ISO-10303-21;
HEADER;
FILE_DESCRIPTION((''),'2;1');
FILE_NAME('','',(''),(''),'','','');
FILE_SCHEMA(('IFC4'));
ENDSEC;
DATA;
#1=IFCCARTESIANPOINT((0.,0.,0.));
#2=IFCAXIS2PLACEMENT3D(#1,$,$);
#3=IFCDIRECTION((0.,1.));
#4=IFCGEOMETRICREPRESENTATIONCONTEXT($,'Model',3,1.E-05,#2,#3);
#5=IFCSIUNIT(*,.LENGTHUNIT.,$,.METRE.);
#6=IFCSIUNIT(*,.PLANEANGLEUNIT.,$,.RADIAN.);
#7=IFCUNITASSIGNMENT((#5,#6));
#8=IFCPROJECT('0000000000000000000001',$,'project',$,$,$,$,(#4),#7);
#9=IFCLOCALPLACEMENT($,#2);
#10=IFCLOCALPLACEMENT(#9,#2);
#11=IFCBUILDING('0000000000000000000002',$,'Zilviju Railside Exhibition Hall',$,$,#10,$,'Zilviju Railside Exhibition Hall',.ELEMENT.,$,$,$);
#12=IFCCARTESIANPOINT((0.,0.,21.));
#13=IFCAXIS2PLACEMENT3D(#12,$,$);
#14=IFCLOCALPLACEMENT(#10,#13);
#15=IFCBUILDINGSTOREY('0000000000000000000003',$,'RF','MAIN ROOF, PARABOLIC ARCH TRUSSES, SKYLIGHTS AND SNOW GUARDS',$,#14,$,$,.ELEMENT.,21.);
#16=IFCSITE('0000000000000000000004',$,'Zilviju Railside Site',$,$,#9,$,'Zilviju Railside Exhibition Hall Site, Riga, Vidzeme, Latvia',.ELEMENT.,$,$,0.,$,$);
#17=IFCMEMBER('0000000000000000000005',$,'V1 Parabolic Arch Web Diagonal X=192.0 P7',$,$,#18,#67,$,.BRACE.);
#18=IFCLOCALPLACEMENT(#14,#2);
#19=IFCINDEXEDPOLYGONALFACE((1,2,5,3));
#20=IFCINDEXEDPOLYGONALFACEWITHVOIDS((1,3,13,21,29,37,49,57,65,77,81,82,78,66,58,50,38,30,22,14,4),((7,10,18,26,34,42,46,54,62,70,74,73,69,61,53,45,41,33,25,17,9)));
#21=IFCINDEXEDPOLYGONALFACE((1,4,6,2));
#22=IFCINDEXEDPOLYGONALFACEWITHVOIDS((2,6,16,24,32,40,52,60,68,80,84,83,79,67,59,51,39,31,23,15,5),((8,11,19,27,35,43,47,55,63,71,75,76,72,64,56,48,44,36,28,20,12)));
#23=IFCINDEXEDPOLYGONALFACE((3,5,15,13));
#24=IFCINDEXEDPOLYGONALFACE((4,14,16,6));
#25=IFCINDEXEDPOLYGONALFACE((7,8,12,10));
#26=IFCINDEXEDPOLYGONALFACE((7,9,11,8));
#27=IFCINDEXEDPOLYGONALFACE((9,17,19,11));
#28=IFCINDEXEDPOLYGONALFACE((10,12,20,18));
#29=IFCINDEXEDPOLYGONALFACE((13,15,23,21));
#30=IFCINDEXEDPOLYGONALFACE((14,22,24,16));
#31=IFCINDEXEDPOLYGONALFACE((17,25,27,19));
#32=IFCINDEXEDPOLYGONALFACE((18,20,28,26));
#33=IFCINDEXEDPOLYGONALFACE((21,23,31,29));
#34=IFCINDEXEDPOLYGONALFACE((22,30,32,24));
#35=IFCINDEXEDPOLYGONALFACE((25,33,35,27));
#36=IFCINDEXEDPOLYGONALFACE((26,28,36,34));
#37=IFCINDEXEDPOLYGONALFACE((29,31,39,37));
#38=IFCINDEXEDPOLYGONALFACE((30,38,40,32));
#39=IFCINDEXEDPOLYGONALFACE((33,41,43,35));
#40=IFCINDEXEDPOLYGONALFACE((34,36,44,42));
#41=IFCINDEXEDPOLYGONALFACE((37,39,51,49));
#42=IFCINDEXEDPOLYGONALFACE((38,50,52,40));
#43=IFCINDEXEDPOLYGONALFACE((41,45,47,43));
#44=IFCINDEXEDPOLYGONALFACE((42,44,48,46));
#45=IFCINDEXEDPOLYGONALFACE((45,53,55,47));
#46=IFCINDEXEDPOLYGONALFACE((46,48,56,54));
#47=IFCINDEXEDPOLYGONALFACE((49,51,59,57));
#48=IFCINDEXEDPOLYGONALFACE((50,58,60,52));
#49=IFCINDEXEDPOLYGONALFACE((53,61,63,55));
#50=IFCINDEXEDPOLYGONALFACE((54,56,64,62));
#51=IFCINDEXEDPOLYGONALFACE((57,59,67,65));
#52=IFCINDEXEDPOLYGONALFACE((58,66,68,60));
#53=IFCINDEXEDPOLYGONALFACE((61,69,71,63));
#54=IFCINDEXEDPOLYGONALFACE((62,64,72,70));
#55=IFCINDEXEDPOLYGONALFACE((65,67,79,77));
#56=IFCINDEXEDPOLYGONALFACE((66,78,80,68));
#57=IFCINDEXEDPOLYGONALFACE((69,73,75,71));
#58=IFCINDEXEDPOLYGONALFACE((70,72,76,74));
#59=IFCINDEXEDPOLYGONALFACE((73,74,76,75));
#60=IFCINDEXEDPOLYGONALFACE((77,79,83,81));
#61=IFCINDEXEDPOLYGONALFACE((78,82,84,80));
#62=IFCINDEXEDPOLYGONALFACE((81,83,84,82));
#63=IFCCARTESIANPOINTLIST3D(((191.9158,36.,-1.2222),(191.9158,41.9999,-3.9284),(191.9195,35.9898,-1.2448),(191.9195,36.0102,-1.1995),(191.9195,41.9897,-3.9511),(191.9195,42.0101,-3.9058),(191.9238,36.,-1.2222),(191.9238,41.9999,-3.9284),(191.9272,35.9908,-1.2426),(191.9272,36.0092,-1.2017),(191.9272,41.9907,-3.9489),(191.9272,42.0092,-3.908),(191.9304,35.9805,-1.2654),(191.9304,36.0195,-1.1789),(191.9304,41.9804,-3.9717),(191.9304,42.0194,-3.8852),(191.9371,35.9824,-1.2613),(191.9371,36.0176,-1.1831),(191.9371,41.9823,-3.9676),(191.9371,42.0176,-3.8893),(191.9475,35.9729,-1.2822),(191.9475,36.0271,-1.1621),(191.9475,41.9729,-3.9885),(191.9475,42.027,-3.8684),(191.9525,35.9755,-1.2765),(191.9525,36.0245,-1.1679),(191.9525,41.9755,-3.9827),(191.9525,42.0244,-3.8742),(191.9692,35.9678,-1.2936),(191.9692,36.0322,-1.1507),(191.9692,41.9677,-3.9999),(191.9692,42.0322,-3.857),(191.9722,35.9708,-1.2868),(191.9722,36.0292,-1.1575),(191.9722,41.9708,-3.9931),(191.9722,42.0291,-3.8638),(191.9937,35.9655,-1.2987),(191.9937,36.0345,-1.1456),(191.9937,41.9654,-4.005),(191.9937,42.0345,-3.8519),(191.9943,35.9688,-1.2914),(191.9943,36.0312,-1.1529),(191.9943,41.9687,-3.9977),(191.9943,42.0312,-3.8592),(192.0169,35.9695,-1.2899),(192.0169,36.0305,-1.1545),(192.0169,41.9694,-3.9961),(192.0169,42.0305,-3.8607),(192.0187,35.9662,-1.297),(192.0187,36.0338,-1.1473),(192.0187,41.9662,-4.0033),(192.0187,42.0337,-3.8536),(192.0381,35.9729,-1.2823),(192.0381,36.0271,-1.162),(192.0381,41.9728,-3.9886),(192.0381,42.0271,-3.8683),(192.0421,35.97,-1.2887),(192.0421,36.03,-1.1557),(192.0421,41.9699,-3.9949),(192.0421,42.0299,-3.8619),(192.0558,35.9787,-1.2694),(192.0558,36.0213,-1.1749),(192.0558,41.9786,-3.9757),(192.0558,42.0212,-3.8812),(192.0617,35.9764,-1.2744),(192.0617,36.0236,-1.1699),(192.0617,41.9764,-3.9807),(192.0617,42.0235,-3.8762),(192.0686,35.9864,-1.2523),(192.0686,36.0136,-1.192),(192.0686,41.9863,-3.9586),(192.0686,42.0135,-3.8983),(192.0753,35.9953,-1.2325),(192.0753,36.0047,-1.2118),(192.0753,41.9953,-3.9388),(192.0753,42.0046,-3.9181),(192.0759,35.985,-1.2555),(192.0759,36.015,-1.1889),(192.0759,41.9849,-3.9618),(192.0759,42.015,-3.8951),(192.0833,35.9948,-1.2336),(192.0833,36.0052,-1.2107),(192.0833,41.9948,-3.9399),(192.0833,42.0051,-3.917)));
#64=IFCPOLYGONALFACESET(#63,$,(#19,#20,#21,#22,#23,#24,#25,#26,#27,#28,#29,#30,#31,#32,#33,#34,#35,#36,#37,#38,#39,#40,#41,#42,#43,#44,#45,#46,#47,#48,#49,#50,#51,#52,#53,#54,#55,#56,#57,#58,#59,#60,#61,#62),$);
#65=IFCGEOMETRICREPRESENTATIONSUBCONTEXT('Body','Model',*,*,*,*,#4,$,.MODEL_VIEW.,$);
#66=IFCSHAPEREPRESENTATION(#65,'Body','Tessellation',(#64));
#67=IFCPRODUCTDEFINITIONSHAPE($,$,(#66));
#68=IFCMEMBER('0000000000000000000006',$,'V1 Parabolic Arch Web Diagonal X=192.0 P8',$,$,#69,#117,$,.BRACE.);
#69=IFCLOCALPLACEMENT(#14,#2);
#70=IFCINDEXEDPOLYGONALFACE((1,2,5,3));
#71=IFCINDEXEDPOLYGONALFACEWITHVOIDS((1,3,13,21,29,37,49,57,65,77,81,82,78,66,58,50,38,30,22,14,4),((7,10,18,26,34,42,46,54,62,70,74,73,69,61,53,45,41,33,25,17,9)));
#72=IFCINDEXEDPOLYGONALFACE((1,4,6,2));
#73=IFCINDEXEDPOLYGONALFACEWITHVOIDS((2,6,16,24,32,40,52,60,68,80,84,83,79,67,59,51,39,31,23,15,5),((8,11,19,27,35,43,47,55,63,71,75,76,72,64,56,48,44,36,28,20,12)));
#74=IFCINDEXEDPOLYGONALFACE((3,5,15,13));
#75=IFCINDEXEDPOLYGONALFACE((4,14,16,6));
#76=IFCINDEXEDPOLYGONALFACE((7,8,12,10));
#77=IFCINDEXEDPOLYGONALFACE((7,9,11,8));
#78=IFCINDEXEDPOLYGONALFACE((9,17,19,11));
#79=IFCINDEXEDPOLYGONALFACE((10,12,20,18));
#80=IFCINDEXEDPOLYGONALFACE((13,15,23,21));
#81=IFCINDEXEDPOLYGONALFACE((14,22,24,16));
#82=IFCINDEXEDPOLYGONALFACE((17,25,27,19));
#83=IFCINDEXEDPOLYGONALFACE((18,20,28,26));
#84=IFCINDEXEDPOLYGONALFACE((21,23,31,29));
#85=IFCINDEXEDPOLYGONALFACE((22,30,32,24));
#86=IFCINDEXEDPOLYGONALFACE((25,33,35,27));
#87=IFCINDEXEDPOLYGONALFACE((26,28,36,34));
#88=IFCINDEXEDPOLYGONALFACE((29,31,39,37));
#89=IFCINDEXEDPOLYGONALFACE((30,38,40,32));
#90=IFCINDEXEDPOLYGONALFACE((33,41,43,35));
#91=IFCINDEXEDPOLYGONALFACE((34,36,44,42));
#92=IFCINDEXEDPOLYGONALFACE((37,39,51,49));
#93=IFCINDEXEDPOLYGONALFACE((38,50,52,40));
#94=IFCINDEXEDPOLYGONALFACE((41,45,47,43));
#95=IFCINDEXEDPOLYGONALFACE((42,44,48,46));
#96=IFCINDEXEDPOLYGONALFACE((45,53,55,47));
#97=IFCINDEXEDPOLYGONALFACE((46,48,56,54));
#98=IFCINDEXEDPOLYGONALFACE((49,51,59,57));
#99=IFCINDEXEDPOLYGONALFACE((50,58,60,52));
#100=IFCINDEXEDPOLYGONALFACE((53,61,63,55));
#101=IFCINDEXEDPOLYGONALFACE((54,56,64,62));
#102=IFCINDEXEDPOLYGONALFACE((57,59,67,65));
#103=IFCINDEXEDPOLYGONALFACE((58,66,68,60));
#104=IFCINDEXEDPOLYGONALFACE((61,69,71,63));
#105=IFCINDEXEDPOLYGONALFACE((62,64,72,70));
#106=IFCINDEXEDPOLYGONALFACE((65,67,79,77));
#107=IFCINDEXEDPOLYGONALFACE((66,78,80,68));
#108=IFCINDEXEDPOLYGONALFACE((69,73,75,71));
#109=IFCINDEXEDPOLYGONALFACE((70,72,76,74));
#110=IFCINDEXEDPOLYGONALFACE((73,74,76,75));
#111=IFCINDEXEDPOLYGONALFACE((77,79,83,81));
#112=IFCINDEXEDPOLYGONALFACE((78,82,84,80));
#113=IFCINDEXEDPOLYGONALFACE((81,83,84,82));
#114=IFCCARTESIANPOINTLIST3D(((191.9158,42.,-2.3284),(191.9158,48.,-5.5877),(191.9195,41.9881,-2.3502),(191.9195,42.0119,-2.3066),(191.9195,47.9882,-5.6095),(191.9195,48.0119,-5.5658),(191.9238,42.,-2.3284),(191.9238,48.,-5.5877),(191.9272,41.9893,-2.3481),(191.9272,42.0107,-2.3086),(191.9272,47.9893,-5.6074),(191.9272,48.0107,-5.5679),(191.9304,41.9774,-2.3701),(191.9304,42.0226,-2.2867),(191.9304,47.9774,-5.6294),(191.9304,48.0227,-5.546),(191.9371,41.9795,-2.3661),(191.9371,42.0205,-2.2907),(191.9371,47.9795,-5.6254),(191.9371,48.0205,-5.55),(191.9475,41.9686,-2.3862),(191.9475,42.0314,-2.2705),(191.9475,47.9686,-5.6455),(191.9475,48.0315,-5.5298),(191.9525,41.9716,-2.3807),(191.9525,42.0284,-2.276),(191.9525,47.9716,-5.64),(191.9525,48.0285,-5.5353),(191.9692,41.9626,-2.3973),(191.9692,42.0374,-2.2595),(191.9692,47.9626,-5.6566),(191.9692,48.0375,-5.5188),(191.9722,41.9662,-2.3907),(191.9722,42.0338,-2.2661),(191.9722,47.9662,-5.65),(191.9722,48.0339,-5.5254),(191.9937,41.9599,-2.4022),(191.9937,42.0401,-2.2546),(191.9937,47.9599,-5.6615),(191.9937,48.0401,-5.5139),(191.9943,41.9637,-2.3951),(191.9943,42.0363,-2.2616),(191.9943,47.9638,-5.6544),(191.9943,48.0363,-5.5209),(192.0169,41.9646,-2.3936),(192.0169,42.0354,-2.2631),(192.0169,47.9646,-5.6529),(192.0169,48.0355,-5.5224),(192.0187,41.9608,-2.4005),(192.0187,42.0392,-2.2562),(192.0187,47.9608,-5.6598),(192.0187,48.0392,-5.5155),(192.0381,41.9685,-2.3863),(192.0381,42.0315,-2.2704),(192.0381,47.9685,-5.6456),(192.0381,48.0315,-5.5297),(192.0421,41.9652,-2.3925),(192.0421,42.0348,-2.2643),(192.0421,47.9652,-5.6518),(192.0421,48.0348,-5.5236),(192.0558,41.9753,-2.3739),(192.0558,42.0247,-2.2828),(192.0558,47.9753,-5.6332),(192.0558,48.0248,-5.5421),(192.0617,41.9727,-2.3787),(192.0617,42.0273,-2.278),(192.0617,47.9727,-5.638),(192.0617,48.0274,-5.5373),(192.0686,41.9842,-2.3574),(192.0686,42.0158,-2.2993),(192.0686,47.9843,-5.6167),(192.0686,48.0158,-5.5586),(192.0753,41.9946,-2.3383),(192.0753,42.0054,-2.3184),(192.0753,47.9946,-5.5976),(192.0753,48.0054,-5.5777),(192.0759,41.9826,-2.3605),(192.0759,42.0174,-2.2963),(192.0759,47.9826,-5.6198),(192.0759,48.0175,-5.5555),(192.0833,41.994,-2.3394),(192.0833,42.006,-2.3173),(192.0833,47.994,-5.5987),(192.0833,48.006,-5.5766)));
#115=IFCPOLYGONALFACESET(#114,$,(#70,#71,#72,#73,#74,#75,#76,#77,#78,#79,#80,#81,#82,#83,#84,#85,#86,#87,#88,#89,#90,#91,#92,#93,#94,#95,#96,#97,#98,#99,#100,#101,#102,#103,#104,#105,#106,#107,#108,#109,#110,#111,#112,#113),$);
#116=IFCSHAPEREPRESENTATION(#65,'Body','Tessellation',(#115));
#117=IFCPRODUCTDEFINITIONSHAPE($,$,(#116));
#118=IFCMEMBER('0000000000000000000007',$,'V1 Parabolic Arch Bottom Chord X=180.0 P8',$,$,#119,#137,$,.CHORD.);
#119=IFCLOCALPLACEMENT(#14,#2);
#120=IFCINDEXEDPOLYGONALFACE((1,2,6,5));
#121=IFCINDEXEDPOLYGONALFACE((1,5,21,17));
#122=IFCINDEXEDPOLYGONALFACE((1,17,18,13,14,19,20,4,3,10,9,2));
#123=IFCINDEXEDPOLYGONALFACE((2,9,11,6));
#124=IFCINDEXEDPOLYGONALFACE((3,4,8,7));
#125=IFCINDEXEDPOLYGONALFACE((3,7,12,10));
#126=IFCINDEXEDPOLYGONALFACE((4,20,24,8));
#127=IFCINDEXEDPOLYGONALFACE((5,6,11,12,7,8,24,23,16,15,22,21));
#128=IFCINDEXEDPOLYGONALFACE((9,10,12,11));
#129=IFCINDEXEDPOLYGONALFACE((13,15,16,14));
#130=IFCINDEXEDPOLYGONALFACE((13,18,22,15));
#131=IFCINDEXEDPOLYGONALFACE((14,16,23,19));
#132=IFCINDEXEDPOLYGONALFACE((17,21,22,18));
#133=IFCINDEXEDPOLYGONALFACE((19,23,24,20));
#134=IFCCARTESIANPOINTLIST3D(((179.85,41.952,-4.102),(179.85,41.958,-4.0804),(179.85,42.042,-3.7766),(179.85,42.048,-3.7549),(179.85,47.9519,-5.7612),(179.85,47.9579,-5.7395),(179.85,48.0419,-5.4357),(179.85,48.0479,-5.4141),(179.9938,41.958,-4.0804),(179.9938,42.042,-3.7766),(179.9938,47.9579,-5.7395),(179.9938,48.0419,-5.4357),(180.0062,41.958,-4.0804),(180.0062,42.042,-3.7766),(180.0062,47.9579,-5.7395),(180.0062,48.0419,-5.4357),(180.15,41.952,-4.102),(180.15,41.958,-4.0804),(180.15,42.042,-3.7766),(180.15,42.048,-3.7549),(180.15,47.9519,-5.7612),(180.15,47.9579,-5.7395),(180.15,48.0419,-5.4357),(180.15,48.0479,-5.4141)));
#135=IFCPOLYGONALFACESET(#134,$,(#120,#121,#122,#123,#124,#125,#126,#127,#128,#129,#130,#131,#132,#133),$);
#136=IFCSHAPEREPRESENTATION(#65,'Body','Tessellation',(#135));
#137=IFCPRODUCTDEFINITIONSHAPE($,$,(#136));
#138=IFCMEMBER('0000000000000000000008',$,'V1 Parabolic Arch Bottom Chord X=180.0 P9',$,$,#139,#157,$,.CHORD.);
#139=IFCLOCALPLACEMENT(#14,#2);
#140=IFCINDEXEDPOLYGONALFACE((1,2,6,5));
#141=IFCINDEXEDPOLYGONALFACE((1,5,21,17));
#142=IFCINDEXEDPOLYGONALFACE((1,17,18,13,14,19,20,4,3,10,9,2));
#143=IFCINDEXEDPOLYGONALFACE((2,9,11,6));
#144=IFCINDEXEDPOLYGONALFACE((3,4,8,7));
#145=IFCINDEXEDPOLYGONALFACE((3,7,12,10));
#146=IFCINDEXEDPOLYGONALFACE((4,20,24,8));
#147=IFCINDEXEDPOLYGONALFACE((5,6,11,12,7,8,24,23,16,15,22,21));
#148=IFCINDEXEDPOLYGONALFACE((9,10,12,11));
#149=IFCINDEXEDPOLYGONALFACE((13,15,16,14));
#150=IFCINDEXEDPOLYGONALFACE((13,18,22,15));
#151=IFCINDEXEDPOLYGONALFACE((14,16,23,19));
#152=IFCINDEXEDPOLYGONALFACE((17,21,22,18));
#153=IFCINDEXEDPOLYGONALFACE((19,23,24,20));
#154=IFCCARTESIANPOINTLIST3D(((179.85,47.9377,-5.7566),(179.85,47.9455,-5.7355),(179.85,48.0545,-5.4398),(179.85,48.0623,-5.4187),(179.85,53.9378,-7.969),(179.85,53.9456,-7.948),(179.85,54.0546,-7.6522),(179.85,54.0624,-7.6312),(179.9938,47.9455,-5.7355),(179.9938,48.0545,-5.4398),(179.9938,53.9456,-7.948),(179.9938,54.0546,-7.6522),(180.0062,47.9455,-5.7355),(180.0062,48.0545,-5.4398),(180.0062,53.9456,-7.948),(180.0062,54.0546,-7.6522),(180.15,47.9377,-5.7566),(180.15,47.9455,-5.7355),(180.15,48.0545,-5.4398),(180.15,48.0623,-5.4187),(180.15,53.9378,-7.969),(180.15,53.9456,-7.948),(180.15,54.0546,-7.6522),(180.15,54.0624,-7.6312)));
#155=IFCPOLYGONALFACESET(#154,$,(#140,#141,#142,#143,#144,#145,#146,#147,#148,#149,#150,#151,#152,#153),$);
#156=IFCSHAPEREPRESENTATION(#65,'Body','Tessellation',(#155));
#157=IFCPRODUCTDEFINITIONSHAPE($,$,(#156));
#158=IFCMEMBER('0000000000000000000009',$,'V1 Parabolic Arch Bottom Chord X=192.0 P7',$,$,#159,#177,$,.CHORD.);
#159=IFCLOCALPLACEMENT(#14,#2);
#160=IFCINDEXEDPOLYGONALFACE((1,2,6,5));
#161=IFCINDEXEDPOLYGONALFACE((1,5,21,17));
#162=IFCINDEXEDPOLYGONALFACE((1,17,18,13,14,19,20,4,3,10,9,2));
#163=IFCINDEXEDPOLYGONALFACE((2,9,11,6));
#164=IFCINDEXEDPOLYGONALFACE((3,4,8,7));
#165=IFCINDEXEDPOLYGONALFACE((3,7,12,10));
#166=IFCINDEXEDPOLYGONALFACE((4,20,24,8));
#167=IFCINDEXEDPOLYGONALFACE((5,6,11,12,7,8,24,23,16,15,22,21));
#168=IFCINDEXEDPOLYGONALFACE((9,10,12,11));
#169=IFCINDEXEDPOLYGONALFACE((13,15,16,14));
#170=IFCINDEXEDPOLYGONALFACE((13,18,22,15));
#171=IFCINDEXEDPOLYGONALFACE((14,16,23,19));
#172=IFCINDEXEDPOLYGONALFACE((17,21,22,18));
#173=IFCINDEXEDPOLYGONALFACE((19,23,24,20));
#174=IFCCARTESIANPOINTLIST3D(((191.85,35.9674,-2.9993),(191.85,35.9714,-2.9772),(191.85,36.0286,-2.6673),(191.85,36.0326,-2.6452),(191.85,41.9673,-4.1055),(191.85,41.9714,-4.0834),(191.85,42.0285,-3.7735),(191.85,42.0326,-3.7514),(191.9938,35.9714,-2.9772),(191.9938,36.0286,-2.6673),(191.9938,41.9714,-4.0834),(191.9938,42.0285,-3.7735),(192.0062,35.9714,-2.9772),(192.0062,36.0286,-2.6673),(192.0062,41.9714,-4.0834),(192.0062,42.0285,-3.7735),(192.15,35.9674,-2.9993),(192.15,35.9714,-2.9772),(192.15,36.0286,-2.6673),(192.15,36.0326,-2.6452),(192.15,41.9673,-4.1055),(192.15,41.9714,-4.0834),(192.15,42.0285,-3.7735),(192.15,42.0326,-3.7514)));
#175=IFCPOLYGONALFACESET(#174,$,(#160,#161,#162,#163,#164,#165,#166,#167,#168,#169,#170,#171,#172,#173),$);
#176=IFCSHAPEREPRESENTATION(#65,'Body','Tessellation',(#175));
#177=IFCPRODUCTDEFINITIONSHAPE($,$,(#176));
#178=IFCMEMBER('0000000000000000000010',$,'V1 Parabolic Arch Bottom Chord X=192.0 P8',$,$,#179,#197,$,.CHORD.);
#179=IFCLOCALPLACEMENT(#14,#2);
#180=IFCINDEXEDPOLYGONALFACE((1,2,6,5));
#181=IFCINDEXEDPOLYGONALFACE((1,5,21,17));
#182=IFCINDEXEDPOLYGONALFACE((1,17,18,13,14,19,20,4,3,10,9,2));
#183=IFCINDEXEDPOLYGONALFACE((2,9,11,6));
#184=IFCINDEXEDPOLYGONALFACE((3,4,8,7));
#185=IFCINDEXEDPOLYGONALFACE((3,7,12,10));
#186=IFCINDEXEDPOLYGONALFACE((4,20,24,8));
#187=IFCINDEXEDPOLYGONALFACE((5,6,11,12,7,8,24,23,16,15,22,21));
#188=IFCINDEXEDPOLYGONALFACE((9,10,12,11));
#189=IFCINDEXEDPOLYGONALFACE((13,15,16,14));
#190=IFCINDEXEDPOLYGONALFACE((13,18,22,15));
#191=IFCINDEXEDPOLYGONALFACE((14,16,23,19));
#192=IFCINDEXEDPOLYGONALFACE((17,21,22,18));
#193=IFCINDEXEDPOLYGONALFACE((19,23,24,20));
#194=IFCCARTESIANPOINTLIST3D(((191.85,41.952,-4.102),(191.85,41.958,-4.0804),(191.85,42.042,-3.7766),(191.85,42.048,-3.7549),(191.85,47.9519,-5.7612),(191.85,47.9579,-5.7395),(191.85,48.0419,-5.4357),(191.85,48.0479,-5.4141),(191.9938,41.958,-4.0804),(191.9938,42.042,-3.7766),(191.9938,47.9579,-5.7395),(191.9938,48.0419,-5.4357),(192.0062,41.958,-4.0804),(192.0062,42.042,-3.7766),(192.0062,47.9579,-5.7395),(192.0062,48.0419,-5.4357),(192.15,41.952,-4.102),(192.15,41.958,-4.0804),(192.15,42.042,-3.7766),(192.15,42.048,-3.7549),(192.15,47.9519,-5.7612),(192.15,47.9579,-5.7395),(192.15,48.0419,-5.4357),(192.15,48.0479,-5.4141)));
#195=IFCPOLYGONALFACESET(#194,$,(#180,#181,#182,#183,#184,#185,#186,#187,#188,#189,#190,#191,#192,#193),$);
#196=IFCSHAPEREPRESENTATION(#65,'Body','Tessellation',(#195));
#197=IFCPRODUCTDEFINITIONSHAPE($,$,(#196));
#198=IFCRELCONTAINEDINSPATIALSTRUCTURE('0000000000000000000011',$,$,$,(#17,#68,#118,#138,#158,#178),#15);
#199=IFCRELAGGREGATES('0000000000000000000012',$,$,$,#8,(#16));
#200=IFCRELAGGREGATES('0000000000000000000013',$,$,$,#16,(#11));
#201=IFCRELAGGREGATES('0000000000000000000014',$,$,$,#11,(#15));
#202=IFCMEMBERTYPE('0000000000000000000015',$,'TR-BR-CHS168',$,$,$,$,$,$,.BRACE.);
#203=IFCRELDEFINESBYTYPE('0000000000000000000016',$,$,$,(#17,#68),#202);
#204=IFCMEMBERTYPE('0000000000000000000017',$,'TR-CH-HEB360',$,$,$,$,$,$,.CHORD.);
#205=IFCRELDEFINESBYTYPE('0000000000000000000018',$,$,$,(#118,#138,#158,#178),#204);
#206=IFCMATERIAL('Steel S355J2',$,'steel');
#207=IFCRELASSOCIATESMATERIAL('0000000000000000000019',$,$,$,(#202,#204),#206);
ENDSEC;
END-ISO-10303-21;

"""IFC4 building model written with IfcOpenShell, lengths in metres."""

from ifc_helpers import new_model, si_unit, direction, frame, origin, origin_2d, place, context, subcontext, project, spatial, hollow_circle, i_section, extrude, material, material_profile, profile_set, type_object, element, save


model = new_model("IFC4")

# Units and contexts
model_context = context("Model", 3, precision=1e-05, world=origin(), true_north=direction((0.0, 1.0)))
body_context = subcontext(model_context, "Body", "Model", "MODEL_VIEW")
ifc_project = project(units=[si_unit("LENGTHUNIT", "METRE"), si_unit("PLANEANGLEUNIT", "RADIAN")], contexts=[model_context])

# Site, building, storey
site_placement = place(None, origin())
site = spatial("IfcSite", under=ifc_project, at=site_placement, Name="Zilviju Railside Site", LongName="Zilviju Railside Exhibition Hall Site, Riga, Vidzeme, Latvia", CompositionType="ELEMENT", RefElevation=0.0)
building_placement = place(site_placement, origin())
building = spatial("IfcBuilding", under=site, at=building_placement, Name="Zilviju Railside Exhibition Hall", LongName="Zilviju Railside Exhibition Hall", CompositionType="ELEMENT")
storey_placement = place(building_placement, frame((0.0, 0.0, 21.0)))
storey = spatial("IfcBuildingStorey", under=building, at=storey_placement, Name="RF", Description="MAIN ROOF, PARABOLIC ARCH TRUSSES, SKYLIGHTS AND SNOW GUARDS", CompositionType="ELEMENT", Elevation=21.0)

# Members
ifc_material_1 = material(Name="Steel S355J2", Category="steel")
ifc_material_profile_1 = material_profile(ifc_material_1, hollow_circle(Radius=0.0842, WallThickness=0.0081, at=origin_2d()), Name="CHS 168.3x8.0")
ifc_profile_set_1 = profile_set([ifc_material_profile_1], Name="Steel S355J2")
member_type_1 = type_object("IfcMemberType", Name="TR-BR-CHS168", PredefinedType="BRACE", material=ifc_profile_set_1)
member_1_placement = place(storey_placement, frame((192.0, 36.0, -1.2222), z_axis=(0.0, 0.911563, -0.41116), x_axis=(-1.0, 0.0, 0.0)))
element("IfcMember", 1, at=member_1_placement, inside=storey, type_object=member_type_1, Name="V1 Parabolic Arch Web Diagonal X=192.0 P7", PredefinedType="BRACE", context=body_context, shape_type="SweptSolid", body=[
    extrude(hollow_circle(Radius=0.0842, WallThickness=0.0081, at=origin_2d()), origin(), (0.0, 0.0, 1.0), 6.582),
])
member_2_placement = place(storey_placement, frame((192.0, 42.0, -2.3284), z_axis=(0.0, 0.878722, -0.477333), x_axis=(-1.0, 0.0, 0.0)))
element("IfcMember", 2, at=member_2_placement, inside=storey, type_object=member_type_1, Name="V1 Parabolic Arch Web Diagonal X=192.0 P8", PredefinedType="BRACE", context=body_context, shape_type="SweptSolid", body=[
    extrude(hollow_circle(Radius=0.0842, WallThickness=0.0081, at=origin_2d()), origin(), (0.0, 0.0, 1.0), 6.8281),
])
ifc_material_profile_2 = material_profile(ifc_material_1, i_section(OverallWidth=0.3, OverallDepth=0.3601, WebThickness=0.0125, FlangeThickness=0.0225, at=origin_2d()), Name="HEB 360")
ifc_profile_set_2 = profile_set([ifc_material_profile_2], Name="Steel S355J2")
member_type_2 = type_object("IfcMemberType", Name="TR-CH-HEB360", PredefinedType="CHORD", material=ifc_profile_set_2)
member_3_placement = place(storey_placement, frame((180.0, 42.0, -3.9285), z_axis=(0.0, 0.963827, -0.266527), x_axis=(-1.0, 0.0, 0.0)))
element("IfcMember", 3, at=member_3_placement, inside=storey, type_object=member_type_2, Name="V1 Parabolic Arch Bottom Chord X=180.0 P8", PredefinedType="CHORD", context=body_context, shape_type="SweptSolid", body=[
    extrude(i_section(OverallWidth=0.3, OverallDepth=0.3601, WebThickness=0.0125, FlangeThickness=0.0225, at=origin_2d()), origin(), (0.0, 0.0, 1.0), 6.2251),
])
member_4_placement = place(storey_placement, frame((180.0, 48.0, -5.5876), z_axis=(0.0, 0.938248, -0.345964), x_axis=(-1.0, 0.0, 0.0)))
element("IfcMember", 4, at=member_4_placement, inside=storey, type_object=member_type_2, Name="V1 Parabolic Arch Bottom Chord X=180.0 P9", PredefinedType="CHORD", context=body_context, shape_type="SweptSolid", body=[
    extrude(i_section(OverallWidth=0.3, OverallDepth=0.3601, WebThickness=0.0125, FlangeThickness=0.0225, at=origin_2d()), origin(), (0.0, 0.0, 1.0), 6.395),
])
member_5_placement = place(storey_placement, frame((192.0, 36.0, -2.8223), z_axis=(0.0, 0.983426, -0.181311), x_axis=(-1.0, 0.0, 0.0)))
element("IfcMember", 5, at=member_5_placement, inside=storey, type_object=member_type_2, Name="V1 Parabolic Arch Bottom Chord X=192.0 P7", PredefinedType="CHORD", context=body_context, shape_type="SweptSolid", body=[
    extrude(i_section(OverallWidth=0.3, OverallDepth=0.3601, WebThickness=0.0125, FlangeThickness=0.0225, at=origin_2d()), origin(), (0.0, 0.0, 1.0), 6.1011),
])
member_6_placement = place(storey_placement, frame((192.0, 42.0, -3.9285), z_axis=(0.0, 0.963827, -0.266527), x_axis=(-1.0, 0.0, 0.0)))
element("IfcMember", 6, at=member_6_placement, inside=storey, type_object=member_type_2, Name="V1 Parabolic Arch Bottom Chord X=192.0 P8", PredefinedType="CHORD", context=body_context, shape_type="SweptSolid", body=[
    extrude(i_section(OverallWidth=0.3, OverallDepth=0.3601, WebThickness=0.0125, FlangeThickness=0.0225, at=origin_2d()), origin(), (0.0, 0.0, 1.0), 6.2251),
])

save(model, "model.ifc")
